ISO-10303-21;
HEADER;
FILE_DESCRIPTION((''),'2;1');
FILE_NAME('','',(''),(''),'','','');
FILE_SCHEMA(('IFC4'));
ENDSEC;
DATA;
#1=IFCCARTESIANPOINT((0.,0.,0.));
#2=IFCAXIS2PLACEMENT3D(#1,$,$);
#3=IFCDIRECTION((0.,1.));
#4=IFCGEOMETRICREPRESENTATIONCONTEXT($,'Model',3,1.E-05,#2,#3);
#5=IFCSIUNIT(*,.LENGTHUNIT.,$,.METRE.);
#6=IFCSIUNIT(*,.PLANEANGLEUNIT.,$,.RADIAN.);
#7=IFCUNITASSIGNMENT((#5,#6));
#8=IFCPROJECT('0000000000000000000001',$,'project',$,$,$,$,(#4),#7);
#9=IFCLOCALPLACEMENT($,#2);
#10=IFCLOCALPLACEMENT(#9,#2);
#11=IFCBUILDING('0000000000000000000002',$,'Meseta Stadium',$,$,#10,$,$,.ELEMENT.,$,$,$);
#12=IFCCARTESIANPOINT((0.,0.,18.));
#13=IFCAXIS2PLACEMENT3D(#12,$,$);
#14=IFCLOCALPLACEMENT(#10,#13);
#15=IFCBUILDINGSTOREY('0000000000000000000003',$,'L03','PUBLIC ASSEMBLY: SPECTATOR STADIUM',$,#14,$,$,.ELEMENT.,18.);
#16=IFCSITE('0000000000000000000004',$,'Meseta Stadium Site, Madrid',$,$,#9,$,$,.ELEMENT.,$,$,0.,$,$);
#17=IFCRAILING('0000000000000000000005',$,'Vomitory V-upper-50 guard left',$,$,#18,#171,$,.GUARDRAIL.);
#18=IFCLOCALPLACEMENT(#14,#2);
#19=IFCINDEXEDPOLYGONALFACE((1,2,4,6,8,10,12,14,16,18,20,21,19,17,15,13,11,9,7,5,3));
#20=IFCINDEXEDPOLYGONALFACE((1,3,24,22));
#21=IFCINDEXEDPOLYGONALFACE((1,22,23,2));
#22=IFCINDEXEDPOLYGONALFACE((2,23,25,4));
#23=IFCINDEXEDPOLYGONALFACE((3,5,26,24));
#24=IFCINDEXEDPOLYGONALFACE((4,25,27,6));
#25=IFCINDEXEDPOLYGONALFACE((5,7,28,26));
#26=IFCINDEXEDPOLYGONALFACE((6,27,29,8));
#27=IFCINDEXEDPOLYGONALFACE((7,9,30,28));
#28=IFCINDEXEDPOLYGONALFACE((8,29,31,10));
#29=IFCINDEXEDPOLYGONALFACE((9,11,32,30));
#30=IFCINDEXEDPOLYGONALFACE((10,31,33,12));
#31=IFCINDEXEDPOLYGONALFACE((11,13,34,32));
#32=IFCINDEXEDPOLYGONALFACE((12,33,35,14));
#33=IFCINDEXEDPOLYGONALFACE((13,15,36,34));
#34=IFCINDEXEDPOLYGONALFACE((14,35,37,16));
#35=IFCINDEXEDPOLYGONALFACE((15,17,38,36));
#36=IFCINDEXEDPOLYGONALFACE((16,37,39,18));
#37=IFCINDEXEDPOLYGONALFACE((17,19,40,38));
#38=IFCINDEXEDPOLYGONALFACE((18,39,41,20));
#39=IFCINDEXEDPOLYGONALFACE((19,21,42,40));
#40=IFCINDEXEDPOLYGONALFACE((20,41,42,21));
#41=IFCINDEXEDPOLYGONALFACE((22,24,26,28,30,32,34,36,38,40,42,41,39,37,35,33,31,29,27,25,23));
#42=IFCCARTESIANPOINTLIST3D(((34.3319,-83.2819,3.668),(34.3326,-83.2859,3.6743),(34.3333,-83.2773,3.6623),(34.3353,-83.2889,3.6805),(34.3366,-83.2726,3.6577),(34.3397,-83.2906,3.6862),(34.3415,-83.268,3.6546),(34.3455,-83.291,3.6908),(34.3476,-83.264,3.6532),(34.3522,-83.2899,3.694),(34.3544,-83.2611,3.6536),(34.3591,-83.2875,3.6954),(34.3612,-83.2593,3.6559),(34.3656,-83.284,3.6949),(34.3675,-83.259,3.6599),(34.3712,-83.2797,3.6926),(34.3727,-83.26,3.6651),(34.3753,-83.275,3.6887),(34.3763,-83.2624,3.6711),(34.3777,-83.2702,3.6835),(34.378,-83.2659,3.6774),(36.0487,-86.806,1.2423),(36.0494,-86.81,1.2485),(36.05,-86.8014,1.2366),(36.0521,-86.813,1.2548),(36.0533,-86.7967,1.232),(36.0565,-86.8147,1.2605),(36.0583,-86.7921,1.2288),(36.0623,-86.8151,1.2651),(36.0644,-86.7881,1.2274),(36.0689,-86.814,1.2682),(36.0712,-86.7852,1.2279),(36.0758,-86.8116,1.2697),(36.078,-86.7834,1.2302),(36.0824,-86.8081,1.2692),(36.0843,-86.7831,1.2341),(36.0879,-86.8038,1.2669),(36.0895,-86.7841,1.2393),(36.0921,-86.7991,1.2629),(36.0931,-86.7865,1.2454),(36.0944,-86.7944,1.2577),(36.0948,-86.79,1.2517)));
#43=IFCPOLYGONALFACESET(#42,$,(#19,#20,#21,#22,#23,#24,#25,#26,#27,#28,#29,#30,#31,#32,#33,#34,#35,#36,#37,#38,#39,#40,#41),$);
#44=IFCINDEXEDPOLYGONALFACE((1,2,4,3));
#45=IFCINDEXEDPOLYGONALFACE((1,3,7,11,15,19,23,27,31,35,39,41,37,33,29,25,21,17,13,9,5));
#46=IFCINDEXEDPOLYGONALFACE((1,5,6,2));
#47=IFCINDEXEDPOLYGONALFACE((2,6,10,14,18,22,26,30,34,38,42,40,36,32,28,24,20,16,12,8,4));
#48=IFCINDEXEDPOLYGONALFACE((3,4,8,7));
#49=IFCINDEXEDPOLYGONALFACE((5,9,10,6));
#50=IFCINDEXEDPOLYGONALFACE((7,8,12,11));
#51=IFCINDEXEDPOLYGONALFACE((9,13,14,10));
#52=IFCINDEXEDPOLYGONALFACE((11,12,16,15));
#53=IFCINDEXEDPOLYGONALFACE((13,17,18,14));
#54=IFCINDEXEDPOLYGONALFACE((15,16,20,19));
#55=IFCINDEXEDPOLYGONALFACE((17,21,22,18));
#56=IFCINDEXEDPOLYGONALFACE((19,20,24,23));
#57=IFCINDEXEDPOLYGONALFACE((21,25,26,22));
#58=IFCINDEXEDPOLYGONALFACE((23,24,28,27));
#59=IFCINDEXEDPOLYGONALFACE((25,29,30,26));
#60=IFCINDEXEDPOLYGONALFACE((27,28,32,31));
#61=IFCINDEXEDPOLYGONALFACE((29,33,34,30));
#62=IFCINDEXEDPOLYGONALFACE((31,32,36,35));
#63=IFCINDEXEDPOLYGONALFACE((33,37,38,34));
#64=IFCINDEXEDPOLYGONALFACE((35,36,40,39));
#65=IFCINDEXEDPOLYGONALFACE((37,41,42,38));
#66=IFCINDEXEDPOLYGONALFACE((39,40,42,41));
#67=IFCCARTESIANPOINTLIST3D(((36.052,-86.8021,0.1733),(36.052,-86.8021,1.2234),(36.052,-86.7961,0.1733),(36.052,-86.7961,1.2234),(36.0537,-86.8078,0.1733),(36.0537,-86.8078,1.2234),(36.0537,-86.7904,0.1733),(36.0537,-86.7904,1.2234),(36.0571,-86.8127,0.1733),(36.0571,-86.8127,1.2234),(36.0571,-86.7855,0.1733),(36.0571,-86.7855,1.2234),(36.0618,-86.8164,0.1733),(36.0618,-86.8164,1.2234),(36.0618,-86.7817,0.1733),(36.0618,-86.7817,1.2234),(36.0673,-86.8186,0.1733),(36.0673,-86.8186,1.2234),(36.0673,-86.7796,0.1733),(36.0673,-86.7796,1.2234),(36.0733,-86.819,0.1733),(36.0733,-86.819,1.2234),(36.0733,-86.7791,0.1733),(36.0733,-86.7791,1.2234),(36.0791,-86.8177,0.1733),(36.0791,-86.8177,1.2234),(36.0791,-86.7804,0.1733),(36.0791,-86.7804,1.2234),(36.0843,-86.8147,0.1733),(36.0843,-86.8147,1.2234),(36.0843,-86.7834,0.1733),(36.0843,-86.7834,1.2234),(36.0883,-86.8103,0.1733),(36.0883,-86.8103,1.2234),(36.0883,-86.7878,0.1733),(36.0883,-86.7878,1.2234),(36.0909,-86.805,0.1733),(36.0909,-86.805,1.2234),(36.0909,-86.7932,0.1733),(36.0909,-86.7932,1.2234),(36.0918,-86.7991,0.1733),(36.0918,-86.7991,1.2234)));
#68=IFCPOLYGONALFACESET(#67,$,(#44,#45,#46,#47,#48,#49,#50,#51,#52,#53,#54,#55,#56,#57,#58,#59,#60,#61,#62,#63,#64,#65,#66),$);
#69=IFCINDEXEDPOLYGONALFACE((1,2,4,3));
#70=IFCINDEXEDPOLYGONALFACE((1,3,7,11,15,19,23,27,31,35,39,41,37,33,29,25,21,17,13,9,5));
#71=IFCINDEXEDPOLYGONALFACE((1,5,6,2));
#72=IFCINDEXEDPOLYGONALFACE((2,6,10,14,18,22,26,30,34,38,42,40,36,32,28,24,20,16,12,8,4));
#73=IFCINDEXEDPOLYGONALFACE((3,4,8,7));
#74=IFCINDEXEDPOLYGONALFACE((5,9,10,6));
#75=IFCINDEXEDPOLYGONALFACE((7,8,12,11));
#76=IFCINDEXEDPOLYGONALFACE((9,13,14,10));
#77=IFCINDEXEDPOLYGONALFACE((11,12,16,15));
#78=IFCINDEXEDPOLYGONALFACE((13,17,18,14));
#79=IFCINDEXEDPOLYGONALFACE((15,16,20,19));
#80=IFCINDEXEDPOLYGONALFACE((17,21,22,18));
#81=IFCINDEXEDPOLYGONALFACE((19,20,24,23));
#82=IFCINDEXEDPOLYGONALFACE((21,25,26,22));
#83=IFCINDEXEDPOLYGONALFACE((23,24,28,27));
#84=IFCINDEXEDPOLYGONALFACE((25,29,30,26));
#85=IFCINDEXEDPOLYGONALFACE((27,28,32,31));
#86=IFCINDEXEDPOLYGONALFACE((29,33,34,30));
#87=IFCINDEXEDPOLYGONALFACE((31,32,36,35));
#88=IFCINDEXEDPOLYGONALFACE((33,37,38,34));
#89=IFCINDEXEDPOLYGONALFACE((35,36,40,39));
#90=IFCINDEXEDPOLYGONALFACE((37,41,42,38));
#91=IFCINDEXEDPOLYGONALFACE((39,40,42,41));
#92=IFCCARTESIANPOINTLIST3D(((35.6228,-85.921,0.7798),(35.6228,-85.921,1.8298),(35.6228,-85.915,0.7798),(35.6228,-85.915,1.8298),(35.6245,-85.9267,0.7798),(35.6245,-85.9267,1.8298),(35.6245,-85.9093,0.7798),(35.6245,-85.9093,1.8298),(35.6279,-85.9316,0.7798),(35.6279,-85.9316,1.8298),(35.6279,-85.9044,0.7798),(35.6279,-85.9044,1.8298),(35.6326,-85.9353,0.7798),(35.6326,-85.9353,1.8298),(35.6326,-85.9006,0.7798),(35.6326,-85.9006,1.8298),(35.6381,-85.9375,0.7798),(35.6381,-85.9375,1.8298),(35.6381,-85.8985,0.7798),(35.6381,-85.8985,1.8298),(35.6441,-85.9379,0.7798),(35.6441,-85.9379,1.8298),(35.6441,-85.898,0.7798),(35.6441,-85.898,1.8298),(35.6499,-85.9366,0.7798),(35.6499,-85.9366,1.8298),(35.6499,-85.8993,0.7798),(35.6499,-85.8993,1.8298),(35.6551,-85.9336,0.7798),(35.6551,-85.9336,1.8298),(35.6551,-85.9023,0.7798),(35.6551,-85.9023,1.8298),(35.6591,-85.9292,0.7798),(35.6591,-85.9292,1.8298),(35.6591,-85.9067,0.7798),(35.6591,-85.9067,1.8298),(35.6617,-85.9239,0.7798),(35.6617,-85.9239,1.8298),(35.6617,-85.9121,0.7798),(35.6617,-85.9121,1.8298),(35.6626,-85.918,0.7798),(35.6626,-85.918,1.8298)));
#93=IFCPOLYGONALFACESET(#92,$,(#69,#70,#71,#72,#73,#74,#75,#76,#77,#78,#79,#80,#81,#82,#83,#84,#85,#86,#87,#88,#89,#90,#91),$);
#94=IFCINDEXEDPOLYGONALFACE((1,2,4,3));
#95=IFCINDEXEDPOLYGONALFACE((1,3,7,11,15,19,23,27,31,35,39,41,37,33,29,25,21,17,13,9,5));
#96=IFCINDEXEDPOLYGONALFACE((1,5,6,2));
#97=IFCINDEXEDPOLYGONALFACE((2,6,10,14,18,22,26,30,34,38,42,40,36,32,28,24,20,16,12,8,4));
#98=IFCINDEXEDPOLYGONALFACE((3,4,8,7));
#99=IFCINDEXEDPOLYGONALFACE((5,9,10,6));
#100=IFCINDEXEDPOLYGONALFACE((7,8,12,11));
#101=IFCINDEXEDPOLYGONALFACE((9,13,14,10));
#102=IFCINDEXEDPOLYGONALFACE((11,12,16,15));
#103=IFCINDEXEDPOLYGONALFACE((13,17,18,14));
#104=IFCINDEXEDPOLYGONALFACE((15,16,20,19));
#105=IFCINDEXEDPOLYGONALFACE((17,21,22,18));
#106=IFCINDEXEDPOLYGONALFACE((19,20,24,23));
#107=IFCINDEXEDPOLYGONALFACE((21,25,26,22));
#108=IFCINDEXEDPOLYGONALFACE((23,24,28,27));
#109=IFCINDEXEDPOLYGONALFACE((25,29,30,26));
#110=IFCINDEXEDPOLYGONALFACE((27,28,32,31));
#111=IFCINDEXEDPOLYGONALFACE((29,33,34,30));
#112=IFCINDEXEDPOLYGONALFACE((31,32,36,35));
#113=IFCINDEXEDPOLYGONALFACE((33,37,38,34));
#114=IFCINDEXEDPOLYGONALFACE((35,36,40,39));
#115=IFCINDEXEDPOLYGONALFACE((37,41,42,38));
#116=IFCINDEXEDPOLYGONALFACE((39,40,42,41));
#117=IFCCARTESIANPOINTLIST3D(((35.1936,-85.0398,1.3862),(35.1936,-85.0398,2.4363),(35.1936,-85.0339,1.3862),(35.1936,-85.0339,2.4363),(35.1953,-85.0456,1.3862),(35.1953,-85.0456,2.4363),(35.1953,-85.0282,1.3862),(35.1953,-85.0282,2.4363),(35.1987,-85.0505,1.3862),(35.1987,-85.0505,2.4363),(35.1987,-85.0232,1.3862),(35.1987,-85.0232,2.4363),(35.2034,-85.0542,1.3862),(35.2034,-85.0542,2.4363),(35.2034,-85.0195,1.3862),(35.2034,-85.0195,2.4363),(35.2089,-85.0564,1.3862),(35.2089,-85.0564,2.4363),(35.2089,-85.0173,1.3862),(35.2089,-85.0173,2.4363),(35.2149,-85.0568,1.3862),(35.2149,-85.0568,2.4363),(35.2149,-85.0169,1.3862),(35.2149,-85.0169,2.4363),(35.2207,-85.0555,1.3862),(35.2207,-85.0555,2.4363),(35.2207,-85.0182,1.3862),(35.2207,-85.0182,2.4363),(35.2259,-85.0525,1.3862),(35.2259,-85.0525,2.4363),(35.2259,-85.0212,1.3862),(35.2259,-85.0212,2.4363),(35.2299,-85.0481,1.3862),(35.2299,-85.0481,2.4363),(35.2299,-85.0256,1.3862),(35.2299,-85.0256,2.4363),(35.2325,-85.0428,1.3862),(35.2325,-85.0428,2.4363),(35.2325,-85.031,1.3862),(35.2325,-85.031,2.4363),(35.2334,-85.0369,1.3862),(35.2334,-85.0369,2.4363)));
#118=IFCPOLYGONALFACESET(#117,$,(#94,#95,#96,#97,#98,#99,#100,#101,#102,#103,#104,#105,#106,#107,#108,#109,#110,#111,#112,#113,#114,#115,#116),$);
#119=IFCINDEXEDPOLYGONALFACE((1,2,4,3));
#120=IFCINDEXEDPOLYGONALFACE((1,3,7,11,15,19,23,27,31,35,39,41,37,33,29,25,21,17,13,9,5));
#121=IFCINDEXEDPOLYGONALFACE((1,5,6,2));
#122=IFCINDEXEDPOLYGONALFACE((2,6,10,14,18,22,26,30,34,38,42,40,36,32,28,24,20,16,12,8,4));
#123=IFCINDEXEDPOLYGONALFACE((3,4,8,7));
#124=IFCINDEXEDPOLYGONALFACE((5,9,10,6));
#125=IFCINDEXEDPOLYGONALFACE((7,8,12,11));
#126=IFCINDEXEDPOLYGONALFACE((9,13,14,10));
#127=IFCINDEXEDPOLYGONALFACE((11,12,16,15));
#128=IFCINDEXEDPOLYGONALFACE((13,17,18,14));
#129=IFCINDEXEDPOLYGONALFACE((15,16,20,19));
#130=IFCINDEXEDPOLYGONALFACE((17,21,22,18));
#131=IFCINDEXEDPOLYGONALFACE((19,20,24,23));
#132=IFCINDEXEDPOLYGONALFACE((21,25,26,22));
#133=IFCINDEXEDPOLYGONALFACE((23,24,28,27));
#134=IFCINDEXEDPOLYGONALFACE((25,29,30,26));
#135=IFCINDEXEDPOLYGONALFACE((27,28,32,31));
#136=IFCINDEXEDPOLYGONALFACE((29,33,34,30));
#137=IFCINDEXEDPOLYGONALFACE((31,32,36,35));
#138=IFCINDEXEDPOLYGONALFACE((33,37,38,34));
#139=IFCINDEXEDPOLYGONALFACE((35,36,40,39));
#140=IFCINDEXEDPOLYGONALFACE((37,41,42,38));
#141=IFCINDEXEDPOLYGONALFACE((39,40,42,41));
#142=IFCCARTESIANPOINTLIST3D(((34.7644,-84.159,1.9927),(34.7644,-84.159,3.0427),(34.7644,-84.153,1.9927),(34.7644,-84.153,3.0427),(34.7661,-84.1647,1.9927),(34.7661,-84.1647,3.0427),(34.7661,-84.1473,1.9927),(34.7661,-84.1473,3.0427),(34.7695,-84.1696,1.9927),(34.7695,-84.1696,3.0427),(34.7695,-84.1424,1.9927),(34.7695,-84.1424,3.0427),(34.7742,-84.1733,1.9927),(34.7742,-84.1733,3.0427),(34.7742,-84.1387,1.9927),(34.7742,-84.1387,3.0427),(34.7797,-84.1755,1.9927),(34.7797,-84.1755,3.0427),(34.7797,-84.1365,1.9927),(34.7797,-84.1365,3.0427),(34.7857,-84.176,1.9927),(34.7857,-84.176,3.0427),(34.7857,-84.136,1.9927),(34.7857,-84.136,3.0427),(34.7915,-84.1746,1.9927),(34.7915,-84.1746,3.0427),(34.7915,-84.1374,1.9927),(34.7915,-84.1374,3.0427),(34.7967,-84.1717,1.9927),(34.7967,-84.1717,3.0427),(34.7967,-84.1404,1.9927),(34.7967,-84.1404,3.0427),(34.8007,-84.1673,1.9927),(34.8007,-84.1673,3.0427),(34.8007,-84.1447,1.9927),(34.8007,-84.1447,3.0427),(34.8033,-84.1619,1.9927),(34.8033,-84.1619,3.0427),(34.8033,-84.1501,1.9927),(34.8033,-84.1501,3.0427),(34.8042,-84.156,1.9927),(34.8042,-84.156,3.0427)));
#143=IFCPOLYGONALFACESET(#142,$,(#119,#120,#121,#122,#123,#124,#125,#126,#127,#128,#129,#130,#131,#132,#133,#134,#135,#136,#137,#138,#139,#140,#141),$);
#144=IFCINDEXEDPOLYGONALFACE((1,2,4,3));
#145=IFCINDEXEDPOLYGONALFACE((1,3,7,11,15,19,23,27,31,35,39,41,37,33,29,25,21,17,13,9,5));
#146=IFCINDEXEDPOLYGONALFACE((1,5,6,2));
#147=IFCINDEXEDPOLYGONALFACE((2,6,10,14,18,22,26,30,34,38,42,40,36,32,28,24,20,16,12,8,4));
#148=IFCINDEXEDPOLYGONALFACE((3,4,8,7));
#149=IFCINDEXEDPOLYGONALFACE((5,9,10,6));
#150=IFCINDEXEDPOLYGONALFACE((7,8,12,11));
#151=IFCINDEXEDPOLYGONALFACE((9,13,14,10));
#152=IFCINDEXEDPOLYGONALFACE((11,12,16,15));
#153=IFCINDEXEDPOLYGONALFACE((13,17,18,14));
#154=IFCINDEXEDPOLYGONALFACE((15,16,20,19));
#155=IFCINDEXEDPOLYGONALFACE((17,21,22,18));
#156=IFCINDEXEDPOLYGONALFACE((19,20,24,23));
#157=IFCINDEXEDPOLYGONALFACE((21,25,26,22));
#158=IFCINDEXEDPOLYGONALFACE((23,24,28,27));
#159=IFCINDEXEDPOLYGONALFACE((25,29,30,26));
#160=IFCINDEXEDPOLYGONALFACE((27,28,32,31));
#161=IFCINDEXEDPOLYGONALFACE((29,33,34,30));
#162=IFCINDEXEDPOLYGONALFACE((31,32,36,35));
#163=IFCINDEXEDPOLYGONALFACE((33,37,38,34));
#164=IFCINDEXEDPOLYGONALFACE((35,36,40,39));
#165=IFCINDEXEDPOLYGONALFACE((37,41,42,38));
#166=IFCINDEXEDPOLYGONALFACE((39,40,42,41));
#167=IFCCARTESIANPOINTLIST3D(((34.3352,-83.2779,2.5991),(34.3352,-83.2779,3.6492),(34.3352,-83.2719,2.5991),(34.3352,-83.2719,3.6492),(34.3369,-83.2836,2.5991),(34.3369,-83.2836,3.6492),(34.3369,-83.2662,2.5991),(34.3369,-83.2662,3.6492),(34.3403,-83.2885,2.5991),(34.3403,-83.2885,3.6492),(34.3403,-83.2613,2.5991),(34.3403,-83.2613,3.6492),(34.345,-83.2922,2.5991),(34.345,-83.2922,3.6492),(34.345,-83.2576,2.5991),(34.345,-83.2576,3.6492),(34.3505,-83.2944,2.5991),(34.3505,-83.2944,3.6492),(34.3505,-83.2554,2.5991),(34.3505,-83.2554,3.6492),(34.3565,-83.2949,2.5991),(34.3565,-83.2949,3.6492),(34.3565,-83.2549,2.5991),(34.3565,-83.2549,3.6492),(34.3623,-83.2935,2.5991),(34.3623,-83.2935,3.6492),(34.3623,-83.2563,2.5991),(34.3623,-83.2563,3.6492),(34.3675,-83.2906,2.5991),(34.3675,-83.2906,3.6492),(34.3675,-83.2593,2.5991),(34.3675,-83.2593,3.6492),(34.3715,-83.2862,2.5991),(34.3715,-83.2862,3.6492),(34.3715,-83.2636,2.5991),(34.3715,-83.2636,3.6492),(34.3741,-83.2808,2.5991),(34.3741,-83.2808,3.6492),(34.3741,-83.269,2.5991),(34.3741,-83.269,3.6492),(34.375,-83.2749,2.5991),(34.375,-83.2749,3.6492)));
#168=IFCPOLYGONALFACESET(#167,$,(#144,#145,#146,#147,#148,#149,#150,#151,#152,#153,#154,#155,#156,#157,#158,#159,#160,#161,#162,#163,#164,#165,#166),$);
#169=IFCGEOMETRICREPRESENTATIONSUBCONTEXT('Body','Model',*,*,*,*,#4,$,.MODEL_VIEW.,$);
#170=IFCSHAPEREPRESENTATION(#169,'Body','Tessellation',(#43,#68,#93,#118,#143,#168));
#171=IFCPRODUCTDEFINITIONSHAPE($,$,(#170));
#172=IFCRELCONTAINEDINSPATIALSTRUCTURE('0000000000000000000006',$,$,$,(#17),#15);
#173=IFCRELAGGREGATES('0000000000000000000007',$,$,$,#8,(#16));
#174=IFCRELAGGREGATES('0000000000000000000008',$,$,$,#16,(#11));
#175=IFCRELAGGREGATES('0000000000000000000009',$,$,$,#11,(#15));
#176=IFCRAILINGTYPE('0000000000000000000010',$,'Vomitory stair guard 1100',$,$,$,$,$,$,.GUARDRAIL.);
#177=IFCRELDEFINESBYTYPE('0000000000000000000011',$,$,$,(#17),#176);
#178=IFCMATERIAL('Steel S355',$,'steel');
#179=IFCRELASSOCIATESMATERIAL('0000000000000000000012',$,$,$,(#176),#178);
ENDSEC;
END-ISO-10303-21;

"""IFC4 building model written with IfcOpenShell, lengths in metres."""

from ifc_helpers import new_model, si_unit, direction, frame, origin, origin_2d, place, context, subcontext, project, spatial, circle, extrude, material, type_object, element, save


model = new_model("IFC4")

# Units and contexts
model_context = context("Model", 3, precision=1e-05, world=origin(), true_north=direction((0.0, 1.0)))
body_context = subcontext(model_context, "Body", "Model", "MODEL_VIEW")
ifc_project = project(units=[si_unit("LENGTHUNIT", "METRE"), si_unit("PLANEANGLEUNIT", "RADIAN")], contexts=[model_context])

# Site, building, storey
site_placement = place(None, origin())
site = spatial("IfcSite", under=ifc_project, at=site_placement, Name="Meseta Stadium Site, Madrid", CompositionType="ELEMENT", RefElevation=0.0)
building_placement = place(site_placement, origin())
building = spatial("IfcBuilding", under=site, at=building_placement, Name="Meseta Stadium", CompositionType="ELEMENT")
storey_placement = place(building_placement, frame((0.0, 0.0, 18.0)))
storey = spatial("IfcBuildingStorey", under=building, at=storey_placement, Name="L03", Description="PUBLIC ASSEMBLY: SPECTATOR STADIUM", CompositionType="ELEMENT", Elevation=18.0)

# Railing
ifc_material_1 = material(Name="Steel S355", Category="steel")
railing_type_1 = type_object("IfcRailingType", Name="Vomitory stair guard 1100", PredefinedType="GUARDRAIL", material=ifc_material_1)
railing_1_placement = place(storey_placement, frame((36.0718, -86.7991, 0.1733)))
element("IfcRailing", 1, at=railing_1_placement, inside=storey, type_object=railing_type_1, Name="Vomitory V-upper-50 guard left", PredefinedType="GUARDRAIL", context=body_context, shape_type="SweptSolid", body=[
    extrude(circle(Radius=0.0249, at=origin_2d()), frame((0.0, 0.0, 1.0752), z_axis=(-0.372412, 0.764471, 0.526206), x_axis=(-0.899001, -0.437947, 0.0)), (0.0, 0.0, 1.0), 4.6099),
    extrude(circle(Radius=0.02, at=origin_2d()), origin(), (0.0, 0.0, 1.0), 1.05),
    extrude(circle(Radius=0.02, at=origin_2d()), frame((-0.4292, 0.8811, 0.6064)), (0.0, 0.0, 1.0), 1.05),
    extrude(circle(Radius=0.02, at=origin_2d()), frame((-0.8584, 1.7622, 1.2129)), (0.0, 0.0, 1.0), 1.05),
    extrude(circle(Radius=0.02, at=origin_2d()), frame((-1.2876, 2.6431, 1.8193)), (0.0, 0.0, 1.0), 1.05),
    extrude(circle(Radius=0.02, at=origin_2d()), frame((-1.7168, 3.5242, 2.4258)), (0.0, 0.0, 1.0), 1.05),
])

save(model, "model.ifc")
